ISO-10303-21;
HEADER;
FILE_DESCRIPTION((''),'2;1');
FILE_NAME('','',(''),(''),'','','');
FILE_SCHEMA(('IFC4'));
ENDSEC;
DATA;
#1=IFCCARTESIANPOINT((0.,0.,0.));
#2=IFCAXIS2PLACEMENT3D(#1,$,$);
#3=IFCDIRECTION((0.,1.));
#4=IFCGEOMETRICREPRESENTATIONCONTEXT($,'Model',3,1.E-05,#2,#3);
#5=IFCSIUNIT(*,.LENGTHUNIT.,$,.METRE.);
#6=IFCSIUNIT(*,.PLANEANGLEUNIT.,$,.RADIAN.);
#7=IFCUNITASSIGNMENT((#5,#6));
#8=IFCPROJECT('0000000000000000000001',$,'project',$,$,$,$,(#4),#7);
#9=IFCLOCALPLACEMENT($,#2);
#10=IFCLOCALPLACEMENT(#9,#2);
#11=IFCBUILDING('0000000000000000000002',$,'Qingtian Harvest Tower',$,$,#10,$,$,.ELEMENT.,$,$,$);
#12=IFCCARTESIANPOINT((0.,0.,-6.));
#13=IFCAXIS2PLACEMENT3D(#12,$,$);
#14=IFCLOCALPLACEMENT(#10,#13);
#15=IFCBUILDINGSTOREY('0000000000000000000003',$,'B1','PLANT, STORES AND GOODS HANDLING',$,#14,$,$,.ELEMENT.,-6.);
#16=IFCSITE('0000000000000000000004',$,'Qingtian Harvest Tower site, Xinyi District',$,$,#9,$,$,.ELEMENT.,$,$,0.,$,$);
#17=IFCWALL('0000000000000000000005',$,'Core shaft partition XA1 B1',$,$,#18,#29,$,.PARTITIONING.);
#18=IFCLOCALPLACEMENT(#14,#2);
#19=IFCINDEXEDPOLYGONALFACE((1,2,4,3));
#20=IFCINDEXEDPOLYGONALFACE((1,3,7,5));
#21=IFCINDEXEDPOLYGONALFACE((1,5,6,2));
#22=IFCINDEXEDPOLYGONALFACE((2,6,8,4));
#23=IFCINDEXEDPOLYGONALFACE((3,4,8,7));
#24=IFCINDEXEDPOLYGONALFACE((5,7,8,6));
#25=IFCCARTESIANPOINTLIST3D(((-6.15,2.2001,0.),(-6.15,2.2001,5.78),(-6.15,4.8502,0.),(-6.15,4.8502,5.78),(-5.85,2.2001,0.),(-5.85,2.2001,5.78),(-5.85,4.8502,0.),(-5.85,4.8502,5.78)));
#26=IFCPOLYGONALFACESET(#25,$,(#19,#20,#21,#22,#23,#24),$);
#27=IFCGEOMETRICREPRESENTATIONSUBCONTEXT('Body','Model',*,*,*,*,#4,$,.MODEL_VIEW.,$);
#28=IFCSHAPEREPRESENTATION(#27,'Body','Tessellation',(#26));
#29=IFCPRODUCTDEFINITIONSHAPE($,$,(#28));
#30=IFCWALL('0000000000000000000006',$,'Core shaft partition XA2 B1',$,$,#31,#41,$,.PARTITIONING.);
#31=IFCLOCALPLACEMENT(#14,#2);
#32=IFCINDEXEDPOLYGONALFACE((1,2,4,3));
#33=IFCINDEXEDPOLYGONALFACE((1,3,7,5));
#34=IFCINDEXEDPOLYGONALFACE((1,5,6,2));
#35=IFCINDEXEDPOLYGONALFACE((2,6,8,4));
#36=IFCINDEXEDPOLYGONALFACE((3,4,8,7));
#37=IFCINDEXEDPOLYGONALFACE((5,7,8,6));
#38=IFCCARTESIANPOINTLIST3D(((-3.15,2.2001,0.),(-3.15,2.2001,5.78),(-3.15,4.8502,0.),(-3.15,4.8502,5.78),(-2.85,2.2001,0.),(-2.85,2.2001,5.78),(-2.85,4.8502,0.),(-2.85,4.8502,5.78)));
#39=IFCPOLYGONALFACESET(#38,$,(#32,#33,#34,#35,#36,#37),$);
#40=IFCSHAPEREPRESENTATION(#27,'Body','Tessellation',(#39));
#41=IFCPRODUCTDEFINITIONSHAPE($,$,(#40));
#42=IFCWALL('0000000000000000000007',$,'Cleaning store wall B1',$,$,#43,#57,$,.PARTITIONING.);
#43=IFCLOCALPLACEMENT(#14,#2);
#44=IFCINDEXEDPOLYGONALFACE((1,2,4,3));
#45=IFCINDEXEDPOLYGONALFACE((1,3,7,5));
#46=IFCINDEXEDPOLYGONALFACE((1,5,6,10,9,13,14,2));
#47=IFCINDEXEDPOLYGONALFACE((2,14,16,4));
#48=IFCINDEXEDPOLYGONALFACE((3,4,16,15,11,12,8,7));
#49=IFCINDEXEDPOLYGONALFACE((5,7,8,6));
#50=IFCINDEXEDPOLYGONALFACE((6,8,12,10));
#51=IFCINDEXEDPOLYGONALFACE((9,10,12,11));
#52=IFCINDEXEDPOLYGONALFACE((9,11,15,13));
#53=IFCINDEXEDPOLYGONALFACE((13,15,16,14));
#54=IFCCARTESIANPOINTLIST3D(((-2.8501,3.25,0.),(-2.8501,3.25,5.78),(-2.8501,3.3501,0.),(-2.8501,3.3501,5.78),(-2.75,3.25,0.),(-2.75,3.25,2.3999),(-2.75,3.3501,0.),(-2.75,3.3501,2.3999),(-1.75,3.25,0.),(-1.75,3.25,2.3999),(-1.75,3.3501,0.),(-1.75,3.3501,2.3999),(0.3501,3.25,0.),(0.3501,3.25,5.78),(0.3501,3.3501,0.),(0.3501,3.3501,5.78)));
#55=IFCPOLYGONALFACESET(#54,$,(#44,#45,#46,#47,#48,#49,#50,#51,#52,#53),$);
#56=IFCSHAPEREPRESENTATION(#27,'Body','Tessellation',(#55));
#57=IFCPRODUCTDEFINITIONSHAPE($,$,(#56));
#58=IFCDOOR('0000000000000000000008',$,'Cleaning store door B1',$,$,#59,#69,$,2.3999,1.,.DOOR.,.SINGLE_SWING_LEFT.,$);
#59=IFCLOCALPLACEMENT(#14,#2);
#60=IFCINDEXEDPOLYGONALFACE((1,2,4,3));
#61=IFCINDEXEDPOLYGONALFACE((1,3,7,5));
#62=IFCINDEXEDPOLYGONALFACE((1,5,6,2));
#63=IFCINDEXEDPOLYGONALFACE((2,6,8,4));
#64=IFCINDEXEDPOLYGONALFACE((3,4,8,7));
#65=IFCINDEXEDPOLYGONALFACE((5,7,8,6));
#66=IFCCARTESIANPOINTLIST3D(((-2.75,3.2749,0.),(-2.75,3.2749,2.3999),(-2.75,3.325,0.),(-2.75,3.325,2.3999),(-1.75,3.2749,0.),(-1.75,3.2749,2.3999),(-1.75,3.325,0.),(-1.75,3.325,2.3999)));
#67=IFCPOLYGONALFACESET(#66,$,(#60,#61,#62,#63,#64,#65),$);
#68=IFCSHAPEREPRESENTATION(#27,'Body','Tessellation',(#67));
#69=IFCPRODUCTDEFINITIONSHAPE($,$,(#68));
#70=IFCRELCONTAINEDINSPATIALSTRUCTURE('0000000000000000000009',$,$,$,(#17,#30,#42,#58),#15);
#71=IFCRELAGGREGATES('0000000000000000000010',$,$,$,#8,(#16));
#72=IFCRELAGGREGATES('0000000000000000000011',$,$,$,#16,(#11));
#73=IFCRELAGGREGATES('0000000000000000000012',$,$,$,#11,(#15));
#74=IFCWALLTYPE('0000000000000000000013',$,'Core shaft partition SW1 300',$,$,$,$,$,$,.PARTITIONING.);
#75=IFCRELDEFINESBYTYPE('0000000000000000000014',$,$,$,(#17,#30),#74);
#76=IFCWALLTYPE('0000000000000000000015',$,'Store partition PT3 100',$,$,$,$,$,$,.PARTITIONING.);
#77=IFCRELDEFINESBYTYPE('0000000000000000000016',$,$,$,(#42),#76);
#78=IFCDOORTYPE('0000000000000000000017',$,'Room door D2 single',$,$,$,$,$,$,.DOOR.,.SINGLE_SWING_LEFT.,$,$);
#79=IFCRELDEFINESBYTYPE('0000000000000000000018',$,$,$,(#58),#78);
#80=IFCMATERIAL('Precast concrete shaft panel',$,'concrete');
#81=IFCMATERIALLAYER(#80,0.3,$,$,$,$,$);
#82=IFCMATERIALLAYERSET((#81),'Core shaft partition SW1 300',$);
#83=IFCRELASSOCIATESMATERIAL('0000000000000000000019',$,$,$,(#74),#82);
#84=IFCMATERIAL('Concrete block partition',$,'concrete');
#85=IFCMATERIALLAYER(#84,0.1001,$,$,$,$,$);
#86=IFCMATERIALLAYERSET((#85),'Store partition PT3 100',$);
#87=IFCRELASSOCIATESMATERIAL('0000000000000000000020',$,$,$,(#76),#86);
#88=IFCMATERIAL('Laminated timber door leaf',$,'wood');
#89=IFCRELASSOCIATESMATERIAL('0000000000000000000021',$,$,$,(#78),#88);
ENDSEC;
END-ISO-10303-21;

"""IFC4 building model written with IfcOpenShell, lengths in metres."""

from ifc_helpers import new_model, si_unit, direction, frame, frame_2d, origin, place, context, subcontext, project, spatial, rectangle, extrude, material, layer, layer_set, type_object, element, fill, save


model = new_model("IFC4")

# Units and contexts
model_context = context("Model", 3, precision=1e-05, world=origin(), true_north=direction((0.0, 1.0)))
body_context = subcontext(model_context, "Body", "Model", "MODEL_VIEW")
ifc_project = project(units=[si_unit("LENGTHUNIT", "METRE"), si_unit("PLANEANGLEUNIT", "RADIAN")], contexts=[model_context])

# Site, building, storey
site_placement = place(None, origin())
site = spatial("IfcSite", under=ifc_project, at=site_placement, Name="Qingtian Harvest Tower site, Xinyi District", CompositionType="ELEMENT", RefElevation=0.0)
building_placement = place(site_placement, origin())
building = spatial("IfcBuilding", under=site, at=building_placement, Name="Qingtian Harvest Tower", CompositionType="ELEMENT")
storey_placement = place(building_placement, frame((0.0, 0.0, -6.0)))
storey = spatial("IfcBuildingStorey", under=building, at=storey_placement, Name="B1", Description="PLANT, STORES AND GOODS HANDLING", CompositionType="ELEMENT", Elevation=-6.0)

# Walls
ifc_material_1 = material(Name="Precast concrete shaft panel", Category="concrete")
ifc_layer_1 = layer(ifc_material_1, 0.3)
ifc_layer_set_1 = layer_set([ifc_layer_1], Name="Core shaft partition SW1 300")
wall_type_1 = type_object("IfcWallType", Name="Core shaft partition SW1 300", PredefinedType="PARTITIONING", material=ifc_layer_set_1)
for number, where, z_axis, x_axis, name in (
    (1, (-6.0, 2.2, 0.0), (0.0, 0.0, 1.0), (0.0, 1.0, 0.0), "Core shaft partition XA1 B1"),
    (2, (-3.0, 2.2, 0.0), (0.0, 0.0, 1.0), (0.0, 1.0, 0.0), "Core shaft partition XA2 B1"),
):
    element("IfcWall", number, at=place(storey_placement, frame(where, z_axis=z_axis, x_axis=x_axis)), inside=storey, type_object=wall_type_1, Name=name, PredefinedType="PARTITIONING", context=body_context, shape_type="SweptSolid", body=[
        extrude(rectangle(XDim=2.6501, YDim=0.3, at=frame_2d((1.3252, 0.0))), origin(), (0.0, 0.0, 1.0), 5.78),
    ])

# Wall, opening, door
ifc_material_2 = material(Name="Concrete block partition", Category="concrete")
ifc_layer_2 = layer(ifc_material_2, 0.1001)
ifc_layer_set_2 = layer_set([ifc_layer_2], Name="Store partition PT3 100")
wall_type_2 = type_object("IfcWallType", Name="Store partition PT3 100", PredefinedType="PARTITIONING", material=ifc_layer_set_2)
wall_1_placement = place(storey_placement, frame((-2.8501, 3.3, 0.0), z_axis=(0.0, 0.0, 1.0), x_axis=(1.0, 0.0, 0.0)))
wall_1 = element("IfcWall", 3, at=wall_1_placement, inside=storey, type_object=wall_type_2, Name="Cleaning store wall B1", PredefinedType="PARTITIONING", context=body_context, shape_type="SweptSolid", body=[
    extrude(rectangle(XDim=3.2002, YDim=0.1001, at=frame_2d((1.6001, 0.0))), origin(), (0.0, 0.0, 1.0), 5.78),
])
opening_1_placement = place(wall_1_placement, frame((0.1001, 0.0, 0.0)))
opening_1 = element("IfcOpeningElement", 4, at=opening_1_placement, cuts=wall_1, PredefinedType="OPENING", context=body_context, shape_type="SweptSolid", body=[
    extrude(rectangle(XDim=1.0, YDim=2.3999, at=frame_2d((0.5, 1.2))), frame((0.0, 0.0601, 0.0), z_axis=(0.0, -1.0, 0.0), x_axis=(1.0, 0.0, 0.0)), (0.0, 0.0, 1.0), 0.1201),
])
ifc_material_3 = material(Name="Laminated timber door leaf", Category="wood")
door_type_1 = type_object("IfcDoorType", Name="Room door D2 single", OperationType="SINGLE_SWING_LEFT", PredefinedType="DOOR", material=ifc_material_3)
door_1_placement = place(opening_1_placement, origin())
door_1 = element("IfcDoor", 5, at=door_1_placement, inside=storey, type_object=door_type_1, Name="Cleaning store door B1", OperationType="SINGLE_SWING_LEFT", OverallHeight=2.3999, OverallWidth=1.0, PredefinedType="DOOR", context=body_context, shape_type="SweptSolid", body=[
    extrude(rectangle(XDim=1.0, YDim=2.3999, at=frame_2d((0.5, 1.2))), frame((0.0, 0.0249, 0.0), z_axis=(0.0, -1.0, 0.0), x_axis=(1.0, 0.0, 0.0)), (0.0, 0.0, 1.0), 0.05),
])
fill(opening_1, door_1)

save(model, "model.ifc")
